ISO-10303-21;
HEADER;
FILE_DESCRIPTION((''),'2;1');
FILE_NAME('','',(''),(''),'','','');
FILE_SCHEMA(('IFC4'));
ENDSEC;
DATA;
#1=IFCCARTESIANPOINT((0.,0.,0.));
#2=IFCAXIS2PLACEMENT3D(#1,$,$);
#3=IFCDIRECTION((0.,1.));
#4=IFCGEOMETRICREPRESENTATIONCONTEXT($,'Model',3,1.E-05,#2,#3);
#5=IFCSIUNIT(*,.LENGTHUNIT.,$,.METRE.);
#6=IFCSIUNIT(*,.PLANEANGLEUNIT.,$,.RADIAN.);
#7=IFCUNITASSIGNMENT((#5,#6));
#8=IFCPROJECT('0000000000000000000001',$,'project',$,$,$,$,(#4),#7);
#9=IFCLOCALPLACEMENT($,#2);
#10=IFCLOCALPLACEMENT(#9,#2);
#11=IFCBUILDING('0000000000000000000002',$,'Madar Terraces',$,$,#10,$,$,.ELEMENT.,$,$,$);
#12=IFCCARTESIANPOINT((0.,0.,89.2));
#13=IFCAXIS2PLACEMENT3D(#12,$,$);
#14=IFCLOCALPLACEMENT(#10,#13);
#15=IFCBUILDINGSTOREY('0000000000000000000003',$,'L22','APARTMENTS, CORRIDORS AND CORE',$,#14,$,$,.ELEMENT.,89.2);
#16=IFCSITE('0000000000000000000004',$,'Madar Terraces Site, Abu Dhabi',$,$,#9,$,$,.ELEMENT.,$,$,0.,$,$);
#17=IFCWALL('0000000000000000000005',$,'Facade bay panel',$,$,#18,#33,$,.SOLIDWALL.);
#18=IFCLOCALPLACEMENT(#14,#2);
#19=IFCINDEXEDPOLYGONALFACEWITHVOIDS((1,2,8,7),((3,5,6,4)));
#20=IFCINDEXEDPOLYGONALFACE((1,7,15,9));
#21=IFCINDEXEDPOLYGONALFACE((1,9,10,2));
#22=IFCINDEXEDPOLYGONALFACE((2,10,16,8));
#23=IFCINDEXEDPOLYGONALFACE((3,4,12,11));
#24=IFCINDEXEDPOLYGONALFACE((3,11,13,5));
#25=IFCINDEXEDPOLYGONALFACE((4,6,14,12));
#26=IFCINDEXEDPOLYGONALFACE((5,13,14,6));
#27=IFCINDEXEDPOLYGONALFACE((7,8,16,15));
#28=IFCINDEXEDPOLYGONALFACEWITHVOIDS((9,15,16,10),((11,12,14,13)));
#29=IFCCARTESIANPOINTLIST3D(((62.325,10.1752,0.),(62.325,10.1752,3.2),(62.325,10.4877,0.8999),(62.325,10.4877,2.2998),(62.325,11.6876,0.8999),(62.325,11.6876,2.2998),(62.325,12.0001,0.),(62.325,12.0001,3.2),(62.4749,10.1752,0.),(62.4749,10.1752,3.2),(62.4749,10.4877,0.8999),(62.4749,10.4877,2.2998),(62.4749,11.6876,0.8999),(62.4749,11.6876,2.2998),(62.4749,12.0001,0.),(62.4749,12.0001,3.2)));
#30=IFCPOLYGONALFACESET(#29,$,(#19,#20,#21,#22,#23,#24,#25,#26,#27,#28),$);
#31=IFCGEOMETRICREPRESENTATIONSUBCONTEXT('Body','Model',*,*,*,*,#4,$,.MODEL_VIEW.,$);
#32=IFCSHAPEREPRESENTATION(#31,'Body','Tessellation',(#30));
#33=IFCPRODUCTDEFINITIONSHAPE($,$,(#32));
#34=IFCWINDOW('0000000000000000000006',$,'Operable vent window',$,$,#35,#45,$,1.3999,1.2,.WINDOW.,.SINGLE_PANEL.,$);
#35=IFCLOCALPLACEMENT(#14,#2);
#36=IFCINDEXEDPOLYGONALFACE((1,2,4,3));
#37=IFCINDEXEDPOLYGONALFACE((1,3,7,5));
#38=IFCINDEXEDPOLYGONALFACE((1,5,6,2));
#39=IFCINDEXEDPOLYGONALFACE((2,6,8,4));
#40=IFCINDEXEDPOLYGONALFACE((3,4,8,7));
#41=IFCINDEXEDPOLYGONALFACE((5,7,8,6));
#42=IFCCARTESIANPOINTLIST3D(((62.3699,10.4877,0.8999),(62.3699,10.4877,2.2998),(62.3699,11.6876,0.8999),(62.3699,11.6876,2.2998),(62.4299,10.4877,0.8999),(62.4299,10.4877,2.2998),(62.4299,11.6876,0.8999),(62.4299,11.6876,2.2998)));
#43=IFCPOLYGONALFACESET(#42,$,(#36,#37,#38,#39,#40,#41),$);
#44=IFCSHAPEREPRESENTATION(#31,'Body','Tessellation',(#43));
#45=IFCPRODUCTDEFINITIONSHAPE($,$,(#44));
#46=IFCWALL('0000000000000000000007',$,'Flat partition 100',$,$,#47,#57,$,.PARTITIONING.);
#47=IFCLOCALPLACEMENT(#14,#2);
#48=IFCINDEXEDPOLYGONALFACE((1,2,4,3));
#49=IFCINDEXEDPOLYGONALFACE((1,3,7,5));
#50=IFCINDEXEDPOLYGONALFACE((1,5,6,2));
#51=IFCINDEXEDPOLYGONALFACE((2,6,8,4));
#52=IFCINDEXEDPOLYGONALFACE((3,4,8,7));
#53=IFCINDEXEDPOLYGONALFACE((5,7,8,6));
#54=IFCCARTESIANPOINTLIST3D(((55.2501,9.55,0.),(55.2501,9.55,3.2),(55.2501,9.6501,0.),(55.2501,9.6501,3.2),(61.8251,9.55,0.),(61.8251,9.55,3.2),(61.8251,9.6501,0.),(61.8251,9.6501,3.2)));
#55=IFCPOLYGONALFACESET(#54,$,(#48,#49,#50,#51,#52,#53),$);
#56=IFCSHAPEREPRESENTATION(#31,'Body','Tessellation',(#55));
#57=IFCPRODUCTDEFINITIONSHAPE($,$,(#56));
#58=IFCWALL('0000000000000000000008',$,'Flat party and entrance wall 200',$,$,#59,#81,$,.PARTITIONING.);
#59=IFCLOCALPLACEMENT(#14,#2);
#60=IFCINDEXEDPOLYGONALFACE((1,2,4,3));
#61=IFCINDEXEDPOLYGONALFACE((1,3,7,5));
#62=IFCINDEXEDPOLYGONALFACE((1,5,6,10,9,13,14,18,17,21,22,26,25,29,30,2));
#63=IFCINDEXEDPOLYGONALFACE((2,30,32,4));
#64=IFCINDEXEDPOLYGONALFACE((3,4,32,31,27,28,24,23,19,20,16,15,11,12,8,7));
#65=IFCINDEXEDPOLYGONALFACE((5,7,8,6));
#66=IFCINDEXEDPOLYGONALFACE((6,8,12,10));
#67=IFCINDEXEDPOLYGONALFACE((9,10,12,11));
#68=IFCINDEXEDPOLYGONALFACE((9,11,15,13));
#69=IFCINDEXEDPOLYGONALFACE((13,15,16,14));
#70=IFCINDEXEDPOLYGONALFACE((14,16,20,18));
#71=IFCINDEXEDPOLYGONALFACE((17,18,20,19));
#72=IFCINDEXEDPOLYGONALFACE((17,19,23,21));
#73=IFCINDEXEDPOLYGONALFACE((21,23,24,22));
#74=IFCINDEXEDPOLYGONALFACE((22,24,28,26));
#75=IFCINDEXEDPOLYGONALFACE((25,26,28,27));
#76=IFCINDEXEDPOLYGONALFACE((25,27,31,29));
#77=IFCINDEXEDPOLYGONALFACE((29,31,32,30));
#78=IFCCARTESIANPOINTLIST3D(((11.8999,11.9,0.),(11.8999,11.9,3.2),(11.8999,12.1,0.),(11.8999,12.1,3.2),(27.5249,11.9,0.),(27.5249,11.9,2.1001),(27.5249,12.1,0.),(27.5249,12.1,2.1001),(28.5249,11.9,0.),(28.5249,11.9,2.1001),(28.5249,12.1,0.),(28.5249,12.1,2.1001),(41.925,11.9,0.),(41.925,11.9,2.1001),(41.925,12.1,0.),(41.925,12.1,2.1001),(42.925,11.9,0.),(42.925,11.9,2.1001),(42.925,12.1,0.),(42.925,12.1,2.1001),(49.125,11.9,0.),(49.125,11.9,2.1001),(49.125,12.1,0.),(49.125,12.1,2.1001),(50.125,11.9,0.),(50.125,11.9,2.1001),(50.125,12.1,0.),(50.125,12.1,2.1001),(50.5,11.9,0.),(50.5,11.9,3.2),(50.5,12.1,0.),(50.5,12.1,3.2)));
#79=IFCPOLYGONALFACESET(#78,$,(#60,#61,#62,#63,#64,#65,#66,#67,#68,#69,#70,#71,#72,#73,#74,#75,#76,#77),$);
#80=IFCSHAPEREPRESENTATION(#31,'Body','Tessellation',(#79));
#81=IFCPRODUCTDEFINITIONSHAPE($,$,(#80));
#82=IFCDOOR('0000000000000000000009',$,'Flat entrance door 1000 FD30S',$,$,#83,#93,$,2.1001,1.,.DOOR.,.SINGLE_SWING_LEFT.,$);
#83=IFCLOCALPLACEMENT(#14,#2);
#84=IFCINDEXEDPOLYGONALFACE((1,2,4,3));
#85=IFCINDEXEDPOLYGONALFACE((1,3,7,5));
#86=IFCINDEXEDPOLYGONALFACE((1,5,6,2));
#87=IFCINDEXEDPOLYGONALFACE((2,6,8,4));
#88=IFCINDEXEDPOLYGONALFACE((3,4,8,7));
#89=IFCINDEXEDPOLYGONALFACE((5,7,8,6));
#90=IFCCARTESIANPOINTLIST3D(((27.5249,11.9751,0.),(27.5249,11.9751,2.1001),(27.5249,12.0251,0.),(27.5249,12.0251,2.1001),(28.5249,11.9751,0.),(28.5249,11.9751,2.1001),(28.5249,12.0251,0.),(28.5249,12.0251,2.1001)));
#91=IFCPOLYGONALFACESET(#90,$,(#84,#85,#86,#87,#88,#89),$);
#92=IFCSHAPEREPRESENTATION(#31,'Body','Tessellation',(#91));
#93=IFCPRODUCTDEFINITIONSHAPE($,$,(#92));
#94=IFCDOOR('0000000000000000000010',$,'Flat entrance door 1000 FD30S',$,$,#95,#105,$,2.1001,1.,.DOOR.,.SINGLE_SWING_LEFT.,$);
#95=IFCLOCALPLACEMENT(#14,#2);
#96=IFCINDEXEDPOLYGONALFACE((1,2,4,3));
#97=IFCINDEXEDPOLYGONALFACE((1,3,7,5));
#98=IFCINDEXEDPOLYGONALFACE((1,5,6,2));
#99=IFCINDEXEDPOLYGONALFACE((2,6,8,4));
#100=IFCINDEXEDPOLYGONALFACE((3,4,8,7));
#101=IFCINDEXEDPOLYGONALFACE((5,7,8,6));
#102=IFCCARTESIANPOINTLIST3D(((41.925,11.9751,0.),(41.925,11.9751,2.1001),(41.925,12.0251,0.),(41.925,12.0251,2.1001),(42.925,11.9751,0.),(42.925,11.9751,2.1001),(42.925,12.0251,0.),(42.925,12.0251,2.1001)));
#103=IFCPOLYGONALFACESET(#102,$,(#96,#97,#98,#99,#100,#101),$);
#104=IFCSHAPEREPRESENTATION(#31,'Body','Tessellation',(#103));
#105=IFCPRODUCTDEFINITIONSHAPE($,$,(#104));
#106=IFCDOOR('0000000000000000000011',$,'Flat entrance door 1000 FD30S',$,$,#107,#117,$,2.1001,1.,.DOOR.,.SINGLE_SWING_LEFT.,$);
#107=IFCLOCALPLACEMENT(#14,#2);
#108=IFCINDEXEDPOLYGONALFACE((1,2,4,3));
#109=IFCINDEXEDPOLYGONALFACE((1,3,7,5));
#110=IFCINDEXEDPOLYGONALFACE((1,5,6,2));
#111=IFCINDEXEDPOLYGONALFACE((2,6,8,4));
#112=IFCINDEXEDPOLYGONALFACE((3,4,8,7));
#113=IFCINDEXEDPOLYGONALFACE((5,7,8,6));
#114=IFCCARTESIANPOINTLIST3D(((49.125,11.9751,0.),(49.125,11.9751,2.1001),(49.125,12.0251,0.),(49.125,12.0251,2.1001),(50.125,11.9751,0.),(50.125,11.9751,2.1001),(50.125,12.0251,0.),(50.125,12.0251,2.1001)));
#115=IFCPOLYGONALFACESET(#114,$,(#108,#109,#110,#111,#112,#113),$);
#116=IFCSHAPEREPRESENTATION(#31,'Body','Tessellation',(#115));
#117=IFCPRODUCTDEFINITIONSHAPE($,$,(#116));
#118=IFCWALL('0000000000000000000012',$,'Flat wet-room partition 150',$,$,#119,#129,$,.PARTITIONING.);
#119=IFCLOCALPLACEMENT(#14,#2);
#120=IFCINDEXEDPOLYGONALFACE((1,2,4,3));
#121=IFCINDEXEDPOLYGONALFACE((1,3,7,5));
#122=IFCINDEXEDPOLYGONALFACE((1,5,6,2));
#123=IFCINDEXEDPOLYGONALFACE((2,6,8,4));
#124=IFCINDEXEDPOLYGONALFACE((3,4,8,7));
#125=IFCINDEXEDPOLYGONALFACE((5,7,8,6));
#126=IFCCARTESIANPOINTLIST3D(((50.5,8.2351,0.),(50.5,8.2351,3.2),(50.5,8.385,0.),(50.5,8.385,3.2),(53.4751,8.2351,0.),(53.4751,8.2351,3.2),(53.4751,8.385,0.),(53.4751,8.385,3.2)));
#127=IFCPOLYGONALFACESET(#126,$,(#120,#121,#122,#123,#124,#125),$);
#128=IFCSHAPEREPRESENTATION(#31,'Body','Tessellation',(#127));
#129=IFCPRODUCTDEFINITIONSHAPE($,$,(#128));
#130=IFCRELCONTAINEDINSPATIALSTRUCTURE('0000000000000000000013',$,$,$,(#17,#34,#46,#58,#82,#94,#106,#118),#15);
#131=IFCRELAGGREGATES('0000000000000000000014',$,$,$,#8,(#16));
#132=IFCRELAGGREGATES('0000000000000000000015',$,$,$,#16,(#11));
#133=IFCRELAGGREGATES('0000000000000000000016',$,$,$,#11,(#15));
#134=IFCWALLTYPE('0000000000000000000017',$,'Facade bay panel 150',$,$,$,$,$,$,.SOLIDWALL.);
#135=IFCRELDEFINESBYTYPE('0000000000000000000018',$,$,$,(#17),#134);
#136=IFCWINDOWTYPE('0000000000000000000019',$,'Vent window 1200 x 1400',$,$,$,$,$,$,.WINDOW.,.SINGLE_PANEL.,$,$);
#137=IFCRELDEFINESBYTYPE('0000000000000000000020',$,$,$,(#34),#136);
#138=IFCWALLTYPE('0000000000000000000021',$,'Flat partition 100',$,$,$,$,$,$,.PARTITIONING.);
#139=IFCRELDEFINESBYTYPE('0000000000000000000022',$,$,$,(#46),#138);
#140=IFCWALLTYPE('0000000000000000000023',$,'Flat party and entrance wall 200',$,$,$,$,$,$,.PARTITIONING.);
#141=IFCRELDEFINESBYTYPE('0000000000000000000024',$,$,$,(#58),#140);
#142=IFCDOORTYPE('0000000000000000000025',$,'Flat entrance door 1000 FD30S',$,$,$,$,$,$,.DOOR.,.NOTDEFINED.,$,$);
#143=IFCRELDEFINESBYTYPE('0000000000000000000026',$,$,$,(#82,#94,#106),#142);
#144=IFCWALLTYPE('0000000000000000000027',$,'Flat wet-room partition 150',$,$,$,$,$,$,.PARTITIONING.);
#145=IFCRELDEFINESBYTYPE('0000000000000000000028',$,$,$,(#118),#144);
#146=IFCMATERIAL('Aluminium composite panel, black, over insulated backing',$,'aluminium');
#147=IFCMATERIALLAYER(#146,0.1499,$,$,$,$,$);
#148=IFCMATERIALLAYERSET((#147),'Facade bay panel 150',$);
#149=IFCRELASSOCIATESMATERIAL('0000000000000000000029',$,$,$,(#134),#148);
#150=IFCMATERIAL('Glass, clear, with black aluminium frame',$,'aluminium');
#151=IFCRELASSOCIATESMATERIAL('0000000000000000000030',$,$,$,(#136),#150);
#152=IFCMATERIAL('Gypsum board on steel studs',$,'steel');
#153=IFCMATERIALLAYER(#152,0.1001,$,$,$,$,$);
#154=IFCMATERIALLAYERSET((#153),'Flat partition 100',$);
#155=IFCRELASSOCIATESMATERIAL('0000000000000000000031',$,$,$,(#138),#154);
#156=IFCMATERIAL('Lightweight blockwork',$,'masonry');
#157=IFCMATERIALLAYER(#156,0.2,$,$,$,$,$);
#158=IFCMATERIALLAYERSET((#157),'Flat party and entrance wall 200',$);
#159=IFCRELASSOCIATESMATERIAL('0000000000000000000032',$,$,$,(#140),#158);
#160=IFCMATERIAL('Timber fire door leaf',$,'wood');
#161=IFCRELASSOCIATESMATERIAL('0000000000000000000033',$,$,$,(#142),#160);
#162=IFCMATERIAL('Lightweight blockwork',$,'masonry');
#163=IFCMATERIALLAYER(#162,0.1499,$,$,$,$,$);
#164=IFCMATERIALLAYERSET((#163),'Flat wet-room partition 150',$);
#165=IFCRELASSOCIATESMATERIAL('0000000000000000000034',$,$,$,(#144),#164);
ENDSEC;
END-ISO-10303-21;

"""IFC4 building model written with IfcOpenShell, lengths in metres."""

from ifc_helpers import new_model, si_unit, direction, frame, frame_2d, origin, place, context, subcontext, project, spatial, rectangle, extrude, material, layer, layer_set, type_object, element, fill, save


model = new_model("IFC4")

# Units and contexts
model_context = context("Model", 3, precision=1e-05, world=origin(), true_north=direction((0.0, 1.0)))
body_context = subcontext(model_context, "Body", "Model", "MODEL_VIEW")
ifc_project = project(units=[si_unit("LENGTHUNIT", "METRE"), si_unit("PLANEANGLEUNIT", "RADIAN")], contexts=[model_context])

# Site, building, storey
site_placement = place(None, origin())
site = spatial("IfcSite", under=ifc_project, at=site_placement, Name="Madar Terraces Site, Abu Dhabi", CompositionType="ELEMENT", RefElevation=0.0)
building_placement = place(site_placement, origin())
building = spatial("IfcBuilding", under=site, at=building_placement, Name="Madar Terraces", CompositionType="ELEMENT")
storey_placement = place(building_placement, frame((0.0, 0.0, 89.2)))
storey = spatial("IfcBuildingStorey", under=building, at=storey_placement, Name="L22", Description="APARTMENTS, CORRIDORS AND CORE", CompositionType="ELEMENT", Elevation=89.2)

# Wall, opening, window
ifc_material_1 = material(Name="Aluminium composite panel, black, over insulated backing", Category="aluminium")
ifc_layer_1 = layer(ifc_material_1, 0.1499)
ifc_layer_set_1 = layer_set([ifc_layer_1], Name="Facade bay panel 150")
wall_type_1 = type_object("IfcWallType", Name="Facade bay panel 150", PredefinedType="SOLIDWALL", material=ifc_layer_set_1)
wall_1_placement = place(storey_placement, frame((62.3999, 10.175, 0.0), z_axis=(0.0, 0.0, 1.0), x_axis=(0.0, 1.0, 0.0)))
wall_1 = element("IfcWall", 1, at=wall_1_placement, inside=storey, type_object=wall_type_1, Name="Facade bay panel", PredefinedType="SOLIDWALL", context=body_context, shape_type="SweptSolid", body=[
    extrude(rectangle(XDim=1.825, YDim=0.1499, at=frame_2d((0.9126, 0.0))), origin(), (0.0, 0.0, 1.0), 3.2),
])
opening_1_placement = place(wall_1_placement, frame((0.3125, 0.0, 0.8999)))
opening_1 = element("IfcOpeningElement", 2, at=opening_1_placement, cuts=wall_1, PredefinedType="OPENING", context=body_context, shape_type="SweptSolid", body=[
    extrude(rectangle(XDim=1.2, YDim=1.3999, at=frame_2d((0.6001, 0.7))), frame((0.0, 0.085, 0.0), z_axis=(0.0, -1.0, 0.0), x_axis=(1.0, 0.0, 0.0)), (0.0, 0.0, 1.0), 0.1699),
])
ifc_material_2 = material(Name="Glass, clear, with black aluminium frame", Category="aluminium")
window_type = type_object("IfcWindowType", Name="Vent window 1200 x 1400", PartitioningType="SINGLE_PANEL", PredefinedType="WINDOW", material=ifc_material_2)
window_placement = place(opening_1_placement, origin())
window = element("IfcWindow", 3, at=window_placement, inside=storey, type_object=window_type, Name="Operable vent window", OverallHeight=1.3999, OverallWidth=1.2, PartitioningType="SINGLE_PANEL", PredefinedType="WINDOW", context=body_context, shape_type="SweptSolid", body=[
    extrude(rectangle(XDim=1.2, YDim=1.3999, at=frame_2d((0.6001, 0.7))), frame((0.0, 0.03, 0.0), z_axis=(0.0, -1.0, 0.0), x_axis=(1.0, 0.0, 0.0)), (0.0, 0.0, 1.0), 0.0601),
])
fill(opening_1, window)

# Wall
ifc_material_3 = material(Name="Gypsum board on steel studs", Category="steel")
ifc_layer_2 = layer(ifc_material_3, 0.1001)
ifc_layer_set_2 = layer_set([ifc_layer_2], Name="Flat partition 100")
wall_type_2 = type_object("IfcWallType", Name="Flat partition 100", PredefinedType="PARTITIONING", material=ifc_layer_set_2)
wall_2_placement = place(storey_placement, frame((55.25, 9.6001, 0.0), z_axis=(0.0, 0.0, 1.0), x_axis=(1.0, 0.0, 0.0)))
element("IfcWall", 4, at=wall_2_placement, inside=storey, type_object=wall_type_2, Name="Flat partition 100", PredefinedType="PARTITIONING", context=body_context, shape_type="SweptSolid", body=[
    extrude(rectangle(XDim=6.575, YDim=0.1001, at=frame_2d((3.2876, 0.0))), origin(), (0.0, 0.0, 1.0), 3.2),
])

# Wall, openings, doors
ifc_material_4 = material(Name="Lightweight blockwork", Category="masonry")
ifc_layer_3 = layer(ifc_material_4, 0.2)
ifc_layer_set_3 = layer_set([ifc_layer_3], Name="Flat party and entrance wall 200")
wall_type_3 = type_object("IfcWallType", Name="Flat party and entrance wall 200", PredefinedType="PARTITIONING", material=ifc_layer_set_3)
wall_3_placement = place(storey_placement, frame((50.5, 12.0, 0.0), z_axis=(0.0, 0.0, 1.0), x_axis=(-1.0, 0.0, 0.0)))
wall_3 = element("IfcWall", 5, at=wall_3_placement, inside=storey, type_object=wall_type_3, Name="Flat party and entrance wall 200", PredefinedType="PARTITIONING", context=body_context, shape_type="SweptSolid", body=[
    extrude(rectangle(XDim=38.6001, YDim=0.2, at=frame_2d((19.3, 0.0))), origin(), (0.0, 0.0, 1.0), 3.2),
])
opening_2_placement = place(wall_3_placement, frame((21.9751, 0.0, 0.0)))
opening_2 = element("IfcOpeningElement", 6, at=opening_2_placement, cuts=wall_3, PredefinedType="OPENING", context=body_context, shape_type="SweptSolid", body=[
    extrude(rectangle(XDim=1.0, YDim=2.1001, at=frame_2d((0.5, 1.05))), frame((0.0, 0.1099, 0.0), z_axis=(0.0, -1.0, 0.0), x_axis=(1.0, 0.0, 0.0)), (0.0, 0.0, 1.0), 0.22),
])
opening_3_placement = place(wall_3_placement, frame((7.575, 0.0, 0.0)))
opening_3 = element("IfcOpeningElement", 7, at=opening_3_placement, cuts=wall_3, PredefinedType="OPENING", context=body_context, shape_type="SweptSolid", body=[
    extrude(rectangle(XDim=1.0, YDim=2.1001, at=frame_2d((0.5, 1.05))), frame((0.0, 0.1099, 0.0), z_axis=(0.0, -1.0, 0.0), x_axis=(1.0, 0.0, 0.0)), (0.0, 0.0, 1.0), 0.22),
])
opening_4_placement = place(wall_3_placement, frame((0.375, 0.0, 0.0)))
opening_4 = element("IfcOpeningElement", 8, at=opening_4_placement, cuts=wall_3, PredefinedType="OPENING", context=body_context, shape_type="SweptSolid", body=[
    extrude(rectangle(XDim=1.0, YDim=2.1001, at=frame_2d((0.5, 1.05))), frame((0.0, 0.1099, 0.0), z_axis=(0.0, -1.0, 0.0), x_axis=(1.0, 0.0, 0.0)), (0.0, 0.0, 1.0), 0.22),
])
ifc_material_5 = material(Name="Timber fire door leaf", Category="wood")
door_type_1 = type_object("IfcDoorType", Name="Flat entrance door 1000 FD30S", OperationType="NOTDEFINED", PredefinedType="DOOR", material=ifc_material_5)
door_1_placement = place(opening_2_placement, origin())
door_1 = element("IfcDoor", 9, at=door_1_placement, inside=storey, type_object=door_type_1, Name="Flat entrance door 1000 FD30S", OperationType="SINGLE_SWING_LEFT", OverallHeight=2.1001, OverallWidth=1.0, PredefinedType="DOOR", context=body_context, shape_type="SweptSolid", body=[
    extrude(rectangle(XDim=1.0, YDim=2.1001, at=frame_2d((0.5, 1.05))), frame((0.0, 0.0249, 0.0), z_axis=(0.0, -1.0, 0.0), x_axis=(1.0, 0.0, 0.0)), (0.0, 0.0, 1.0), 0.05),
])
fill(opening_2, door_1)
door_2_placement = place(opening_3_placement, origin())
door_2 = element("IfcDoor", 10, at=door_2_placement, inside=storey, type_object=door_type_1, Name="Flat entrance door 1000 FD30S", OperationType="SINGLE_SWING_LEFT", OverallHeight=2.1001, OverallWidth=1.0, PredefinedType="DOOR", context=body_context, shape_type="SweptSolid", body=[
    extrude(rectangle(XDim=1.0, YDim=2.1001, at=frame_2d((0.5, 1.05))), frame((0.0, 0.0249, 0.0), z_axis=(0.0, -1.0, 0.0), x_axis=(1.0, 0.0, 0.0)), (0.0, 0.0, 1.0), 0.05),
])
fill(opening_3, door_2)
door_3_placement = place(opening_4_placement, origin())
door_3 = element("IfcDoor", 11, at=door_3_placement, inside=storey, type_object=door_type_1, Name="Flat entrance door 1000 FD30S", OperationType="SINGLE_SWING_LEFT", OverallHeight=2.1001, OverallWidth=1.0, PredefinedType="DOOR", context=body_context, shape_type="SweptSolid", body=[
    extrude(rectangle(XDim=1.0, YDim=2.1001, at=frame_2d((0.5, 1.05))), frame((0.0, 0.0249, 0.0), z_axis=(0.0, -1.0, 0.0), x_axis=(1.0, 0.0, 0.0)), (0.0, 0.0, 1.0), 0.05),
])
fill(opening_4, door_3)

# Wall
ifc_material_6 = material(Name="Lightweight blockwork", Category="masonry")
ifc_layer_4 = layer(ifc_material_6, 0.1499)
ifc_layer_set_4 = layer_set([ifc_layer_4], Name="Flat wet-room partition 150")
wall_type_4 = type_object("IfcWallType", Name="Flat wet-room partition 150", PredefinedType="PARTITIONING", material=ifc_layer_set_4)
wall_4_placement = place(storey_placement, frame((50.5, 8.3101, 0.0), z_axis=(0.0, 0.0, 1.0), x_axis=(1.0, 0.0, 0.0)))
element("IfcWall", 12, at=wall_4_placement, inside=storey, type_object=wall_type_4, Name="Flat wet-room partition 150", PredefinedType="PARTITIONING", context=body_context, shape_type="SweptSolid", body=[
    extrude(rectangle(XDim=2.9751, YDim=0.1499, at=frame_2d((1.4875, 0.0))), origin(), (0.0, 0.0, 1.0), 3.2),
])

save(model, "model.ifc")
